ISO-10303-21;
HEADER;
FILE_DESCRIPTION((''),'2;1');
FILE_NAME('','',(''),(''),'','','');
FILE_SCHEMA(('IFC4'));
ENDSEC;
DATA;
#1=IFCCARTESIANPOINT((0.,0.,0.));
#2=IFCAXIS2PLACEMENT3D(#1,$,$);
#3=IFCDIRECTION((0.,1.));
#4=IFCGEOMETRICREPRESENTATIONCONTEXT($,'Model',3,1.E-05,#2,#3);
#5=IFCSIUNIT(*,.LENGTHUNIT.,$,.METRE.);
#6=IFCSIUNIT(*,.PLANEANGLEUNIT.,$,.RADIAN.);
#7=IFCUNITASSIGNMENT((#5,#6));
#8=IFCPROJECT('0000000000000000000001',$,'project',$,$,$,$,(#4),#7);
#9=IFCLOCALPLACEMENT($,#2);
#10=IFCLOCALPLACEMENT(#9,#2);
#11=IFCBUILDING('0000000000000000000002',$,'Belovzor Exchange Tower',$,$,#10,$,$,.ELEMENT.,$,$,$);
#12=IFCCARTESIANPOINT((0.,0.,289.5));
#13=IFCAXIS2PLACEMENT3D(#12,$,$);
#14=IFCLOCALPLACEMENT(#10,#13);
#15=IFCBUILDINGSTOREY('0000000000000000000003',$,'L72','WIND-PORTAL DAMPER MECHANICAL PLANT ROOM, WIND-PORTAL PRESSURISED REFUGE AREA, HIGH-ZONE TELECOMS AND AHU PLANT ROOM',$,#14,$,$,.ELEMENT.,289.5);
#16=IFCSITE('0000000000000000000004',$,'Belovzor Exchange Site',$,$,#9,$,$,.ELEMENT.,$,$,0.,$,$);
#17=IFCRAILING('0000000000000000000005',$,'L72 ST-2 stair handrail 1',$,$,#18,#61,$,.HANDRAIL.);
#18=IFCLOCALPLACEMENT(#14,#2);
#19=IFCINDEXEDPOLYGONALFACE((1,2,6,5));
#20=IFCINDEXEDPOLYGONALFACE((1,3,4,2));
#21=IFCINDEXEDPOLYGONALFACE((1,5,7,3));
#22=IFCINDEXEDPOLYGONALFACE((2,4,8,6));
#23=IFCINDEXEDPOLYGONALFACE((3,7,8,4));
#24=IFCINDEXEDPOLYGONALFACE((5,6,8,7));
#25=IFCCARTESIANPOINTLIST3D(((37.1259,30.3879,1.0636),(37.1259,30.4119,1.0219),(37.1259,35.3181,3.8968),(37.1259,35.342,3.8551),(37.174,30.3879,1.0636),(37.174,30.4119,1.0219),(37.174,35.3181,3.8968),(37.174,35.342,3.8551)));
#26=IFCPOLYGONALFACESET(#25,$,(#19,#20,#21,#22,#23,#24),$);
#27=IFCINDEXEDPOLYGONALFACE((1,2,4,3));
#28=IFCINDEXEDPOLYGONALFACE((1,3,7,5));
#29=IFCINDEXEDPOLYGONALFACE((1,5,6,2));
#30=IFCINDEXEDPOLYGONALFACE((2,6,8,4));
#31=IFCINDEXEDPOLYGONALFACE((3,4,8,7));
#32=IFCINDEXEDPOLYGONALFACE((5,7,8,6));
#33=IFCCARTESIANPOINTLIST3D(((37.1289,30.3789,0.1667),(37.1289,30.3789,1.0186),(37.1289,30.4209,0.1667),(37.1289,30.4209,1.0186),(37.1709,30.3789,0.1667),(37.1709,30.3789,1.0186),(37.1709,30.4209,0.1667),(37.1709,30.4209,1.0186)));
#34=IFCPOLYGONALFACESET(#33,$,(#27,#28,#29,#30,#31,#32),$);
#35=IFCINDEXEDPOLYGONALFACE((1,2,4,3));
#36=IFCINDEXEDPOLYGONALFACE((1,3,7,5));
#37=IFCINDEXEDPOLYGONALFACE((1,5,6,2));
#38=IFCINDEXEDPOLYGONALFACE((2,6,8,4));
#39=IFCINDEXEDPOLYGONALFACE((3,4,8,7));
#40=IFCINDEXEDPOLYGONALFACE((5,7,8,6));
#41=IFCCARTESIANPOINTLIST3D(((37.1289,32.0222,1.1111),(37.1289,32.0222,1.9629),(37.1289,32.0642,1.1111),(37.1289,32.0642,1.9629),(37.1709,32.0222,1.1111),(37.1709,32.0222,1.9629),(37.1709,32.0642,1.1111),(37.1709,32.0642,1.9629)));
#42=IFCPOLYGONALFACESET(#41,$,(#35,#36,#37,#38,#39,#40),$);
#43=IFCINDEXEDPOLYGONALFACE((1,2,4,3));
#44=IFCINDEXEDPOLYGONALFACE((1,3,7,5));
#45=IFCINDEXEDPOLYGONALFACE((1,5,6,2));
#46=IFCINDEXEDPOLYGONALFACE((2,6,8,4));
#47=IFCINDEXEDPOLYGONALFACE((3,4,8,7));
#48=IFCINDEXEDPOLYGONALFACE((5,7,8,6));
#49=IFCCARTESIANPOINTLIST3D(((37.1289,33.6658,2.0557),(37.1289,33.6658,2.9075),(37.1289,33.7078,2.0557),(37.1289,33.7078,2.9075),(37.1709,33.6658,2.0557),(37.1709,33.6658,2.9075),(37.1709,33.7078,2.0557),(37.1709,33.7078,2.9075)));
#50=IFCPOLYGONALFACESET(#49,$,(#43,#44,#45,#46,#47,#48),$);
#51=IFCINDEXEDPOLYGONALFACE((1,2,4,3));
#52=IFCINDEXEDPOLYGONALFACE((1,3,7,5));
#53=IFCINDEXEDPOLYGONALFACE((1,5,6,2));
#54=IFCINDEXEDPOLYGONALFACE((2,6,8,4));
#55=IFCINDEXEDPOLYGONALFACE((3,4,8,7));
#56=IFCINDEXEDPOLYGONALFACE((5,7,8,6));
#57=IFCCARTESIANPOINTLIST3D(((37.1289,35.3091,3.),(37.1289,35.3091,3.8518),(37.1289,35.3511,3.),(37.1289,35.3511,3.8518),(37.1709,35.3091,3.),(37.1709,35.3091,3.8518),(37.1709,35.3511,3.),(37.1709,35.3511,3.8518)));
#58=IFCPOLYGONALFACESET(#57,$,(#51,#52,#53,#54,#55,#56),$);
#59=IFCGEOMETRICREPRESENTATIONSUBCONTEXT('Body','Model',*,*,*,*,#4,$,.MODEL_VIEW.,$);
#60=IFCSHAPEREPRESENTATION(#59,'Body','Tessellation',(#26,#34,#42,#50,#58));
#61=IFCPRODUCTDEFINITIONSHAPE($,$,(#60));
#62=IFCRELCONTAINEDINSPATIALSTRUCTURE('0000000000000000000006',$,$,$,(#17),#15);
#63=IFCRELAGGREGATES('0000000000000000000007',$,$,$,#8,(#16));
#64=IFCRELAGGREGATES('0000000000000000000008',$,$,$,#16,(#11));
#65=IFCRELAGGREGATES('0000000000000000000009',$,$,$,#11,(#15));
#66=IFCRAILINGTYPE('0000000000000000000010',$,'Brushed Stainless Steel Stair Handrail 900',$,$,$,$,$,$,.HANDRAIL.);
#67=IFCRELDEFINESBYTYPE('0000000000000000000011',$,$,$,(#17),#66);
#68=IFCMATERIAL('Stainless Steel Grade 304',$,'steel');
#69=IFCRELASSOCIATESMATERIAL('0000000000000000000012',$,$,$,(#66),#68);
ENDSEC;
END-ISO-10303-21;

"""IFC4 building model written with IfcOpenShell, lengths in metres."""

from ifc_helpers import new_model, si_unit, direction, frame, origin, origin_2d, place, context, subcontext, project, spatial, rectangle, extrude, material, type_object, element, save


model = new_model("IFC4")

# Units and contexts
model_context = context("Model", 3, precision=1e-05, world=origin(), true_north=direction((0.0, 1.0)))
body_context = subcontext(model_context, "Body", "Model", "MODEL_VIEW")
ifc_project = project(units=[si_unit("LENGTHUNIT", "METRE"), si_unit("PLANEANGLEUNIT", "RADIAN")], contexts=[model_context])

# Site, building, storey
site_placement = place(None, origin())
site = spatial("IfcSite", under=ifc_project, at=site_placement, Name="Belovzor Exchange Site", CompositionType="ELEMENT", RefElevation=0.0)
building_placement = place(site_placement, origin())
building = spatial("IfcBuilding", under=site, at=building_placement, Name="Belovzor Exchange Tower", CompositionType="ELEMENT")
storey_placement = place(building_placement, frame((0.0, 0.0, 289.5)))
storey = spatial("IfcBuildingStorey", under=building, at=storey_placement, Name="L72", Description="WIND-PORTAL DAMPER MECHANICAL PLANT ROOM, WIND-PORTAL PRESSURISED REFUGE AREA, HIGH-ZONE TELECOMS AND AHU PLANT ROOM", CompositionType="ELEMENT", Elevation=289.5)

# Railing
ifc_material_1 = material(Name="Stainless Steel Grade 304", Category="steel")
railing_type_1 = type_object("IfcRailingType", Name="Brushed Stainless Steel Stair Handrail 900", PredefinedType="HANDRAIL", material=ifc_material_1)
railing_1_placement = place(storey_placement, frame((37.1499, 30.3999, 0.1667)))
element("IfcRailing", 1, at=railing_1_placement, inside=storey, type_object=railing_type_1, Name="L72 ST-2 stair handrail 1", PredefinedType="HANDRAIL", context=body_context, shape_type="SweptSolid", body=[
    extrude(rectangle(XDim=0.0481, YDim=0.0481, at=origin_2d()), frame((0.0, 0.0, 0.876), z_axis=(0.0, 0.867028, 0.49826), x_axis=(-1.0, 0.0, 0.0)), (0.0, 0.0, 1.0), 5.6863),
    extrude(rectangle(XDim=0.042, YDim=0.042, at=origin_2d()), origin(), (0.0, 0.0, 1.0), 0.8518),
    extrude(rectangle(XDim=0.042, YDim=0.042, at=origin_2d()), frame((0.0, 1.6433, 0.9443)), (0.0, 0.0, 1.0), 0.8518),
    extrude(rectangle(XDim=0.042, YDim=0.042, at=origin_2d()), frame((0.0, 3.2869, 1.8889)), (0.0, 0.0, 1.0), 0.8518),
    extrude(rectangle(XDim=0.042, YDim=0.042, at=origin_2d()), frame((0.0, 4.9302, 2.8333)), (0.0, 0.0, 1.0), 0.8518),
])

save(model, "model.ifc")
